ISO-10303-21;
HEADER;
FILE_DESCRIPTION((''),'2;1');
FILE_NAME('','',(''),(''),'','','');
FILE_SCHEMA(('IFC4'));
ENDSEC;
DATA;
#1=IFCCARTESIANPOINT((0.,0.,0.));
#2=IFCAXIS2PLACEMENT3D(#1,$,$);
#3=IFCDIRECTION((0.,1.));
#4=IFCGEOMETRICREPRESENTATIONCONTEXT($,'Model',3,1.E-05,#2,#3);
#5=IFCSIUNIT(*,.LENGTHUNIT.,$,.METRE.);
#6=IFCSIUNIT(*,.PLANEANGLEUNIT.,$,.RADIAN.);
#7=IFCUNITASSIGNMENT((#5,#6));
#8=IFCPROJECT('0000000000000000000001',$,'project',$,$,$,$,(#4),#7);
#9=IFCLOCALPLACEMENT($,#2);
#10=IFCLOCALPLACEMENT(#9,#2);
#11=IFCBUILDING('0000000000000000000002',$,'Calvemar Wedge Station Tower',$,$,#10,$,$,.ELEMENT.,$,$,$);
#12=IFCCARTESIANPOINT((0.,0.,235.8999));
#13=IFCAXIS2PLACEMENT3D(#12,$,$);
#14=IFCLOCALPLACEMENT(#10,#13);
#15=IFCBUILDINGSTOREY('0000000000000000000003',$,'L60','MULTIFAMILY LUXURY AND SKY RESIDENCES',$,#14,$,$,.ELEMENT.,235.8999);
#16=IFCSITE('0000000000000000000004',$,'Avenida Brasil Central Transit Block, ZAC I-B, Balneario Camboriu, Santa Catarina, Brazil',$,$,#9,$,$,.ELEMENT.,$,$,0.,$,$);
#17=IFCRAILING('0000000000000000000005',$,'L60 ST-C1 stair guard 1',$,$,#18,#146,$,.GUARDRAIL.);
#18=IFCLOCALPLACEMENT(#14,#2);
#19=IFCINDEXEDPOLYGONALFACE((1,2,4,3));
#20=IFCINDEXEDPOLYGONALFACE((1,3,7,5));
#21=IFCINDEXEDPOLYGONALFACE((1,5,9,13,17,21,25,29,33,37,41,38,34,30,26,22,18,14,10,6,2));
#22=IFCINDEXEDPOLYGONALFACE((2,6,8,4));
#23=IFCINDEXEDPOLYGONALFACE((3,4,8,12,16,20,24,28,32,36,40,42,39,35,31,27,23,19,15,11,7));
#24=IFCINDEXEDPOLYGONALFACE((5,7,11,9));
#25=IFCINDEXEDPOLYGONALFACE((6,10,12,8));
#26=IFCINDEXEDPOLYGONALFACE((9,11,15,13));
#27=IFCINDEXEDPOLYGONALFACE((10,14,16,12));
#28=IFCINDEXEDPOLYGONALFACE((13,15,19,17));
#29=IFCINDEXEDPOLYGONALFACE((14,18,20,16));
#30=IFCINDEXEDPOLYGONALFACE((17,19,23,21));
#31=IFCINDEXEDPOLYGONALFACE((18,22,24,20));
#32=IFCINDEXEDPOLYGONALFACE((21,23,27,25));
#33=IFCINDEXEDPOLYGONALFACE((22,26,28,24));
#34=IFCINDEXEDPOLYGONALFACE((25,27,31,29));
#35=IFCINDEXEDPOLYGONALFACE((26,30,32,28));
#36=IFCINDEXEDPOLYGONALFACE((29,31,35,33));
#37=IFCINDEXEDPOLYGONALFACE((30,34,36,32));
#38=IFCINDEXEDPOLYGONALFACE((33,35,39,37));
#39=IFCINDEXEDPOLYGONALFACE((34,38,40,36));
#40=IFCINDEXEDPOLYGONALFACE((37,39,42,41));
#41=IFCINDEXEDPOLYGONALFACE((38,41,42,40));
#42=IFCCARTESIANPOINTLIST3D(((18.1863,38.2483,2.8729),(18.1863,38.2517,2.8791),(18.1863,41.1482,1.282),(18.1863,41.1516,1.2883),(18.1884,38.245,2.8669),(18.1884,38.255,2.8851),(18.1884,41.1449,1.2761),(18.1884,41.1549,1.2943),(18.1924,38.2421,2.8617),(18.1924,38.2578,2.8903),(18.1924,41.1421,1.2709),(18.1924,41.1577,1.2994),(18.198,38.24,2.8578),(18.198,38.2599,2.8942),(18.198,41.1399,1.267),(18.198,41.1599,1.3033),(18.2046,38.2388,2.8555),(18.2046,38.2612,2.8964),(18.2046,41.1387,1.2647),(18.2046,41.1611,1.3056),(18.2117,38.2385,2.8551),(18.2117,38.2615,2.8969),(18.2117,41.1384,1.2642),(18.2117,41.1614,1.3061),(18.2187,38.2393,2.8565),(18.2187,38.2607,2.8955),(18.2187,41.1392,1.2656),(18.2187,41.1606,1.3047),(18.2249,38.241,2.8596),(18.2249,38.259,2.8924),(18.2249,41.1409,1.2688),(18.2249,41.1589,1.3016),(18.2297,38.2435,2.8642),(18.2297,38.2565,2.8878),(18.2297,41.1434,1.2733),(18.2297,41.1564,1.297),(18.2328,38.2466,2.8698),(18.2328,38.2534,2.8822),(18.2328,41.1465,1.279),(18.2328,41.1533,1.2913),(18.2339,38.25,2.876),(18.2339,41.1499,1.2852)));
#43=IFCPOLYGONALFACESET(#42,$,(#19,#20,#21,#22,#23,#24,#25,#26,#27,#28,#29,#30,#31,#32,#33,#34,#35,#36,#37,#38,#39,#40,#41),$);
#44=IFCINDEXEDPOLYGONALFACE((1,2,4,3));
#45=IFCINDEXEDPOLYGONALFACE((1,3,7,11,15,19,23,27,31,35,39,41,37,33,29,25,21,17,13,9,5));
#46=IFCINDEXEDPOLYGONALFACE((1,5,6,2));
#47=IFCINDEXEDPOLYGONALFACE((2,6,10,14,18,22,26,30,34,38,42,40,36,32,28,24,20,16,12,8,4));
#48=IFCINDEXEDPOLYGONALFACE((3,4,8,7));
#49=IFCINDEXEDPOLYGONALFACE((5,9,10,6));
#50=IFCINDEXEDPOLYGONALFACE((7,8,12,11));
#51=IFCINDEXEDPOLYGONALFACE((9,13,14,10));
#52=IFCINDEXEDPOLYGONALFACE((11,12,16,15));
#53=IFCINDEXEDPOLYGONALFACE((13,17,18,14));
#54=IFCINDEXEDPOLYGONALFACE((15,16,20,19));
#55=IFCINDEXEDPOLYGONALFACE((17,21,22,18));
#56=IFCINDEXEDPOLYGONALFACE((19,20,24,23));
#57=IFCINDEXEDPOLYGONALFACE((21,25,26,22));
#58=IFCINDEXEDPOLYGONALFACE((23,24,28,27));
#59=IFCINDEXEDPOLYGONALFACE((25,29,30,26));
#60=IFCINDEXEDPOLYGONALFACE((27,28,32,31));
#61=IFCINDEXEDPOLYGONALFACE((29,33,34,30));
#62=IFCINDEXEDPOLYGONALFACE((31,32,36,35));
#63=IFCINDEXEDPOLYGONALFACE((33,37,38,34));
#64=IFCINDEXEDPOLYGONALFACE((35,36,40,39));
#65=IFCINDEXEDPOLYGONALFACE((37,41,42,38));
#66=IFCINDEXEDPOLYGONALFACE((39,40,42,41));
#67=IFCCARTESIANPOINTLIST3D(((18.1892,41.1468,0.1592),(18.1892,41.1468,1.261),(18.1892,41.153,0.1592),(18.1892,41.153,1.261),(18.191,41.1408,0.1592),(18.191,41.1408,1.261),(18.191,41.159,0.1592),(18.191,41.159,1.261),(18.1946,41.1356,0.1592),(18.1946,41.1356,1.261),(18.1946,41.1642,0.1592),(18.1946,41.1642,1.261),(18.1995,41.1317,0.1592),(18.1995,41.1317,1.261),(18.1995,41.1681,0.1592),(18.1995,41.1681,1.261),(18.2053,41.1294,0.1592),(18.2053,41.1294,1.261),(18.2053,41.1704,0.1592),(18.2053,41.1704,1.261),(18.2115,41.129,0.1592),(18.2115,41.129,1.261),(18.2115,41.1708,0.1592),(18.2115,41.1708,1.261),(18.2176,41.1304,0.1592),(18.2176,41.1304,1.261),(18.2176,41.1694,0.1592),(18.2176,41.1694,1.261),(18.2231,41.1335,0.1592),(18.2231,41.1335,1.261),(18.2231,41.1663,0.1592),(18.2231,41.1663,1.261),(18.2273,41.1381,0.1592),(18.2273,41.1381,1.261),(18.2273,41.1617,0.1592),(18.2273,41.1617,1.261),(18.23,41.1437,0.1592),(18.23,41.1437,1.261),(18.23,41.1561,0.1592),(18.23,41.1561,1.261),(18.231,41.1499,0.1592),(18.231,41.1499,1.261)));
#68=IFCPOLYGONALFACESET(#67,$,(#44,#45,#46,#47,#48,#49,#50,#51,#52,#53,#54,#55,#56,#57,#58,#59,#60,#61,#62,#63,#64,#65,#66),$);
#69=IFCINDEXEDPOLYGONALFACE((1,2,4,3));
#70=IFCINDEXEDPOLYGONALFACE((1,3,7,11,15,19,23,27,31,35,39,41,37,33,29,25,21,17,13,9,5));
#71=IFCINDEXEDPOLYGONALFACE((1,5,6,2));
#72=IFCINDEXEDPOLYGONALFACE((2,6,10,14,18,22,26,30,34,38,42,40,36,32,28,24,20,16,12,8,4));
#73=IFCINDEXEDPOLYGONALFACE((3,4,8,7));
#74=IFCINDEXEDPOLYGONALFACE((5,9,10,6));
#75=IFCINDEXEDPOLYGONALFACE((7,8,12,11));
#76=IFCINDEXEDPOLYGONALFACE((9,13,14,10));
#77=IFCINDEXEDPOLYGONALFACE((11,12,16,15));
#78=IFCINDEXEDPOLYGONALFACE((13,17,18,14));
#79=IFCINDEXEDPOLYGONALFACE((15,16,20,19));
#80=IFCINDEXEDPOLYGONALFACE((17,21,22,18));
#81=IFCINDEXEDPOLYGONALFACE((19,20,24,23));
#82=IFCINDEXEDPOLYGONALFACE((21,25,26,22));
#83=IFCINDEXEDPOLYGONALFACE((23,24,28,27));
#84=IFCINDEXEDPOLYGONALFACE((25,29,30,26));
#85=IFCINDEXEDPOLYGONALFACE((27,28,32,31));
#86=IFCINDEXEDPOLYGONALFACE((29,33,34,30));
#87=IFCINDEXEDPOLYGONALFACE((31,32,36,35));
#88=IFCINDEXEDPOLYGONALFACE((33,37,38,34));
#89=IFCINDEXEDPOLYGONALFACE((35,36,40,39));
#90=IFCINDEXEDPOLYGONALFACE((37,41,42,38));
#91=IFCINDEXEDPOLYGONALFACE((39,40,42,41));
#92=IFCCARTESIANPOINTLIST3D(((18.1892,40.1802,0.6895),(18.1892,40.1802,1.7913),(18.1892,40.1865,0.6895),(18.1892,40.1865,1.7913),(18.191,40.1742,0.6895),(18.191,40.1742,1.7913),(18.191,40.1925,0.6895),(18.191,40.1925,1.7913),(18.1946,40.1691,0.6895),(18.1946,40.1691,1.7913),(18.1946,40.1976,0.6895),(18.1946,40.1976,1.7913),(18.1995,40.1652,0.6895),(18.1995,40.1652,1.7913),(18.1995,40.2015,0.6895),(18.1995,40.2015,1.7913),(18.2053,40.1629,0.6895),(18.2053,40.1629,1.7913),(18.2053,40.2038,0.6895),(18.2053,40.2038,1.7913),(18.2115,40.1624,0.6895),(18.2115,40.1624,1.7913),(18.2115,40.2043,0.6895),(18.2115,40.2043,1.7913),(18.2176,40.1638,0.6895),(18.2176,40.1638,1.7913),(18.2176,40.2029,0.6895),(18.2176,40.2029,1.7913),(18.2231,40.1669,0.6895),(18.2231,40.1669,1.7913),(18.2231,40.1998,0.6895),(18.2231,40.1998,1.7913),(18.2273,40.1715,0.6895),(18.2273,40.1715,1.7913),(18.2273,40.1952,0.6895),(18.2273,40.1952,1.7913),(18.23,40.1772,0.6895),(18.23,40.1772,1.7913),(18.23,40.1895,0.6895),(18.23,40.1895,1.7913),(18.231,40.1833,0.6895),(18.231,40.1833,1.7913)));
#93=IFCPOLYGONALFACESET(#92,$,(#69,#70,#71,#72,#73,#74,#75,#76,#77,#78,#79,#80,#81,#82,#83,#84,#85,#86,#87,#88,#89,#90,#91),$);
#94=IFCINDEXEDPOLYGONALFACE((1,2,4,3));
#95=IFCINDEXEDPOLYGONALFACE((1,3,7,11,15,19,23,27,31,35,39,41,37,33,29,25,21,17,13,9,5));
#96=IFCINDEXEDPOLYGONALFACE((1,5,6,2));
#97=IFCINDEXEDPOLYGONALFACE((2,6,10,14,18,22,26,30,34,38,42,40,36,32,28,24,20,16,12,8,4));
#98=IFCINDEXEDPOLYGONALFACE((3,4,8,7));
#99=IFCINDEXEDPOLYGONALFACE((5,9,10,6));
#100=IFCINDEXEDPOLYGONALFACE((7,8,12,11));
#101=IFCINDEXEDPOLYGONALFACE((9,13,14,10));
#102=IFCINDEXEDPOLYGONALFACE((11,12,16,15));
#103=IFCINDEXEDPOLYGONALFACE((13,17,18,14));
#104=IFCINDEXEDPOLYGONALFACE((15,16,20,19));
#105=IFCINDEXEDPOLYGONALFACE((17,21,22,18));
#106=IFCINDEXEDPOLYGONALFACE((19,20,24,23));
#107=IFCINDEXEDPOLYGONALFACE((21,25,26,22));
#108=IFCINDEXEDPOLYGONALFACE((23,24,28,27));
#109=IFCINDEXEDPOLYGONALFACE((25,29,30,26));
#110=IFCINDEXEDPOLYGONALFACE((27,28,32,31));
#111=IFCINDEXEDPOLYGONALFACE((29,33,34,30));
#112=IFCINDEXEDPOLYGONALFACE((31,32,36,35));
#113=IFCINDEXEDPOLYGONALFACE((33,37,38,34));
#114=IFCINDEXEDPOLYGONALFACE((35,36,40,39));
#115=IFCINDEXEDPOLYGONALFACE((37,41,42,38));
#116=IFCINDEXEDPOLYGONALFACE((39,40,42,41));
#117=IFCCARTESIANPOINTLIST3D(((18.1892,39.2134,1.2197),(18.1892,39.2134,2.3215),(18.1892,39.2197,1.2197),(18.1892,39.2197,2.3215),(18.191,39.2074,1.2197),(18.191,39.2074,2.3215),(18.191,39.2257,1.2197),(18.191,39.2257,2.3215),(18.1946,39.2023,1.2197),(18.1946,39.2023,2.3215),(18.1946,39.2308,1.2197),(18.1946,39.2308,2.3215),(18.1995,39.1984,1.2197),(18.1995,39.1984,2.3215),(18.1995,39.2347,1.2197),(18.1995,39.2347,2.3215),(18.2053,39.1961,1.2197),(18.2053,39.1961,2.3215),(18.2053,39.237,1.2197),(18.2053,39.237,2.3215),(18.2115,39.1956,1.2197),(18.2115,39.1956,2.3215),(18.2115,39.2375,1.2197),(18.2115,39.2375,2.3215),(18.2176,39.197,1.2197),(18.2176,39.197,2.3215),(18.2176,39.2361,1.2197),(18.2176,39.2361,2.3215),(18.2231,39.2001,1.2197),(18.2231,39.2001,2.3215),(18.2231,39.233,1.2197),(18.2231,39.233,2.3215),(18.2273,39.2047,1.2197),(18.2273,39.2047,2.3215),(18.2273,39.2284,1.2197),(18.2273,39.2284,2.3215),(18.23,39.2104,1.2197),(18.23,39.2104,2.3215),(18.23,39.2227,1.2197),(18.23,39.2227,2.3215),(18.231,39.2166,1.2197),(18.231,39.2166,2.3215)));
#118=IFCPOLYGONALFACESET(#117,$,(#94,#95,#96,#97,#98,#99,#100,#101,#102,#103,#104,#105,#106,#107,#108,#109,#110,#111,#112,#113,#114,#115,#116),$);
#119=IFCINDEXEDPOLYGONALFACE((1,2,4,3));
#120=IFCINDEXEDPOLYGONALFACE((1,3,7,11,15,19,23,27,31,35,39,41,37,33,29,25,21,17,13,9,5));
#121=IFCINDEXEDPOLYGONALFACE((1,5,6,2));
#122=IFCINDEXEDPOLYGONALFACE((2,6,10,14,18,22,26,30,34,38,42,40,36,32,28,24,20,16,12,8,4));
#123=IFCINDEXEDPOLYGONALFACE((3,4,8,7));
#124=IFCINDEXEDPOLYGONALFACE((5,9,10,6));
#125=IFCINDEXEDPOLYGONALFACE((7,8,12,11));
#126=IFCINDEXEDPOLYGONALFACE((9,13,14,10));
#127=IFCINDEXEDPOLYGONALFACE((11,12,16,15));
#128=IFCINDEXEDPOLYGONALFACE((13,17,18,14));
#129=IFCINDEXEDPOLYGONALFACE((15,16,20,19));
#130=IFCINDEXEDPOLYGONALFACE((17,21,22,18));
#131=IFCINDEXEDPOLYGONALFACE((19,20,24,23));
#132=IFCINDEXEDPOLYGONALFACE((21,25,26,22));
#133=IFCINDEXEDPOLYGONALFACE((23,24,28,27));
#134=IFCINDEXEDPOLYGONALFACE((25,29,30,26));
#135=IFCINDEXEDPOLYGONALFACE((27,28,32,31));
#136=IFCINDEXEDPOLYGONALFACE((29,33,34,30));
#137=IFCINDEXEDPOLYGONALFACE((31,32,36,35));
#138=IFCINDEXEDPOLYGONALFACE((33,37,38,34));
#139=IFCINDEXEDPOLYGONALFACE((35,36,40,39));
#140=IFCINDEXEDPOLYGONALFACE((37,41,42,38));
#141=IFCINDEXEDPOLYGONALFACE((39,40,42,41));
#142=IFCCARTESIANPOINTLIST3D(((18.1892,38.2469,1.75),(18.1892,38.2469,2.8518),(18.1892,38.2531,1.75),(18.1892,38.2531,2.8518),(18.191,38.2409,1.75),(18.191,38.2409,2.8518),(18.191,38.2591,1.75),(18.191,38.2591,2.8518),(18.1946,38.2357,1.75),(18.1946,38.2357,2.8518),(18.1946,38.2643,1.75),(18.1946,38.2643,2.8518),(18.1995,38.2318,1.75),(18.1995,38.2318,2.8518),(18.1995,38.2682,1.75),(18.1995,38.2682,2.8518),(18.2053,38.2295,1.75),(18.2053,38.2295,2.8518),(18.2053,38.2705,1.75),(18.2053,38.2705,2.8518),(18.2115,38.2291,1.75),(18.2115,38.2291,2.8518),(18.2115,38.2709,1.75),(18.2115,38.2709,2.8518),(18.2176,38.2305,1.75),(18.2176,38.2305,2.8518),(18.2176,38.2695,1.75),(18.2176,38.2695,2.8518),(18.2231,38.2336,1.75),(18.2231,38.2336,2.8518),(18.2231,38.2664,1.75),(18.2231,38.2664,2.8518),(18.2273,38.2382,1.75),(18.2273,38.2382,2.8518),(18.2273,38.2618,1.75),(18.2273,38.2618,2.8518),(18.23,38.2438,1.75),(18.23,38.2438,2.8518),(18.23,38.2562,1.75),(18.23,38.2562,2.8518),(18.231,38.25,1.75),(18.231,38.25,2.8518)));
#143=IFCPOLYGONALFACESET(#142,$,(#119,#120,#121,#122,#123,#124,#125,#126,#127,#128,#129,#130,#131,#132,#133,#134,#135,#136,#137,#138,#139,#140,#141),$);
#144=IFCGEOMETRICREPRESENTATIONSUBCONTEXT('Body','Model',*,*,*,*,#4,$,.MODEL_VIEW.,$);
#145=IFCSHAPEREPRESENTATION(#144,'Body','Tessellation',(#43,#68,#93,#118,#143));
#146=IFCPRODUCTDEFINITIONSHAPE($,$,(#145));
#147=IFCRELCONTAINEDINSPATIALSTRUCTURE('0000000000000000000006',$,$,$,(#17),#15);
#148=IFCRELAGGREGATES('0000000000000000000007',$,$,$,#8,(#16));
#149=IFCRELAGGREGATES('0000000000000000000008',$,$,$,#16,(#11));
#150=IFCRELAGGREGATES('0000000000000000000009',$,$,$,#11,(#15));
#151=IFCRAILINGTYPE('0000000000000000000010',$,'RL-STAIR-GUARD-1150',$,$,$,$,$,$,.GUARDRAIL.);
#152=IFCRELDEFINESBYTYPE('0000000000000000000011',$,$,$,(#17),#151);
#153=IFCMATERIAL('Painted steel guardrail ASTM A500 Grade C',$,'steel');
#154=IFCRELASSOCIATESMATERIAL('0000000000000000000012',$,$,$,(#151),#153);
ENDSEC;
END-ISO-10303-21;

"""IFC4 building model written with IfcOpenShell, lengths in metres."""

from ifc_helpers import new_model, si_unit, direction, frame, origin, origin_2d, place, context, subcontext, project, spatial, circle, extrude, material, type_object, element, save


model = new_model("IFC4")

# Units and contexts
model_context = context("Model", 3, precision=1e-05, world=origin(), true_north=direction((0.0, 1.0)))
body_context = subcontext(model_context, "Body", "Model", "MODEL_VIEW")
ifc_project = project(units=[si_unit("LENGTHUNIT", "METRE"), si_unit("PLANEANGLEUNIT", "RADIAN")], contexts=[model_context])

# Site, building, storey
site_placement = place(None, origin())
site = spatial("IfcSite", under=ifc_project, at=site_placement, Name="Avenida Brasil Central Transit Block, ZAC I-B, Balneario Camboriu, Santa Catarina, Brazil", CompositionType="ELEMENT", RefElevation=0.0)
building_placement = place(site_placement, origin())
building = spatial("IfcBuilding", under=site, at=building_placement, Name="Calvemar Wedge Station Tower", CompositionType="ELEMENT")
storey_placement = place(building_placement, frame((0.0, 0.0, 235.8999)))
storey = spatial("IfcBuildingStorey", under=building, at=storey_placement, Name="L60", Description="MULTIFAMILY LUXURY AND SKY RESIDENCES", CompositionType="ELEMENT", Elevation=235.8999)

# Railing
ifc_material_1 = material(Name="Painted steel guardrail ASTM A500 Grade C", Category="steel")
railing_type_1 = type_object("IfcRailingType", Name="RL-STAIR-GUARD-1150", PredefinedType="GUARDRAIL", material=ifc_material_1)
railing_1_placement = place(storey_placement, frame((18.21, 41.1499, 0.1592)))
element("IfcRailing", 1, at=railing_1_placement, inside=storey, type_object=railing_type_1, Name="L60 ST-C1 stair guard 1", PredefinedType="GUARDRAIL", context=body_context, shape_type="SweptSolid", body=[
    extrude(circle(Radius=0.0239, at=origin_2d()), frame((0.0, 0.0, 1.126), z_axis=(0.0, -0.876742, 0.480961), x_axis=(1.0, 0.0, 0.0)), (0.0, 0.0, 1.0), 3.3076),
    extrude(circle(Radius=0.021, at=origin_2d()), origin(), (0.0, 0.0, 1.0), 1.1018),
    extrude(circle(Radius=0.021, at=origin_2d()), frame((0.0, -0.9666, 0.5303)), (0.0, 0.0, 1.0), 1.1018),
    extrude(circle(Radius=0.021, at=origin_2d()), frame((0.0, -1.9333, 1.0605)), (0.0, 0.0, 1.0), 1.1018),
    extrude(circle(Radius=0.021, at=origin_2d()), frame((0.0, -2.8999, 1.5908)), (0.0, 0.0, 1.0), 1.1018),
])

save(model, "model.ifc")
